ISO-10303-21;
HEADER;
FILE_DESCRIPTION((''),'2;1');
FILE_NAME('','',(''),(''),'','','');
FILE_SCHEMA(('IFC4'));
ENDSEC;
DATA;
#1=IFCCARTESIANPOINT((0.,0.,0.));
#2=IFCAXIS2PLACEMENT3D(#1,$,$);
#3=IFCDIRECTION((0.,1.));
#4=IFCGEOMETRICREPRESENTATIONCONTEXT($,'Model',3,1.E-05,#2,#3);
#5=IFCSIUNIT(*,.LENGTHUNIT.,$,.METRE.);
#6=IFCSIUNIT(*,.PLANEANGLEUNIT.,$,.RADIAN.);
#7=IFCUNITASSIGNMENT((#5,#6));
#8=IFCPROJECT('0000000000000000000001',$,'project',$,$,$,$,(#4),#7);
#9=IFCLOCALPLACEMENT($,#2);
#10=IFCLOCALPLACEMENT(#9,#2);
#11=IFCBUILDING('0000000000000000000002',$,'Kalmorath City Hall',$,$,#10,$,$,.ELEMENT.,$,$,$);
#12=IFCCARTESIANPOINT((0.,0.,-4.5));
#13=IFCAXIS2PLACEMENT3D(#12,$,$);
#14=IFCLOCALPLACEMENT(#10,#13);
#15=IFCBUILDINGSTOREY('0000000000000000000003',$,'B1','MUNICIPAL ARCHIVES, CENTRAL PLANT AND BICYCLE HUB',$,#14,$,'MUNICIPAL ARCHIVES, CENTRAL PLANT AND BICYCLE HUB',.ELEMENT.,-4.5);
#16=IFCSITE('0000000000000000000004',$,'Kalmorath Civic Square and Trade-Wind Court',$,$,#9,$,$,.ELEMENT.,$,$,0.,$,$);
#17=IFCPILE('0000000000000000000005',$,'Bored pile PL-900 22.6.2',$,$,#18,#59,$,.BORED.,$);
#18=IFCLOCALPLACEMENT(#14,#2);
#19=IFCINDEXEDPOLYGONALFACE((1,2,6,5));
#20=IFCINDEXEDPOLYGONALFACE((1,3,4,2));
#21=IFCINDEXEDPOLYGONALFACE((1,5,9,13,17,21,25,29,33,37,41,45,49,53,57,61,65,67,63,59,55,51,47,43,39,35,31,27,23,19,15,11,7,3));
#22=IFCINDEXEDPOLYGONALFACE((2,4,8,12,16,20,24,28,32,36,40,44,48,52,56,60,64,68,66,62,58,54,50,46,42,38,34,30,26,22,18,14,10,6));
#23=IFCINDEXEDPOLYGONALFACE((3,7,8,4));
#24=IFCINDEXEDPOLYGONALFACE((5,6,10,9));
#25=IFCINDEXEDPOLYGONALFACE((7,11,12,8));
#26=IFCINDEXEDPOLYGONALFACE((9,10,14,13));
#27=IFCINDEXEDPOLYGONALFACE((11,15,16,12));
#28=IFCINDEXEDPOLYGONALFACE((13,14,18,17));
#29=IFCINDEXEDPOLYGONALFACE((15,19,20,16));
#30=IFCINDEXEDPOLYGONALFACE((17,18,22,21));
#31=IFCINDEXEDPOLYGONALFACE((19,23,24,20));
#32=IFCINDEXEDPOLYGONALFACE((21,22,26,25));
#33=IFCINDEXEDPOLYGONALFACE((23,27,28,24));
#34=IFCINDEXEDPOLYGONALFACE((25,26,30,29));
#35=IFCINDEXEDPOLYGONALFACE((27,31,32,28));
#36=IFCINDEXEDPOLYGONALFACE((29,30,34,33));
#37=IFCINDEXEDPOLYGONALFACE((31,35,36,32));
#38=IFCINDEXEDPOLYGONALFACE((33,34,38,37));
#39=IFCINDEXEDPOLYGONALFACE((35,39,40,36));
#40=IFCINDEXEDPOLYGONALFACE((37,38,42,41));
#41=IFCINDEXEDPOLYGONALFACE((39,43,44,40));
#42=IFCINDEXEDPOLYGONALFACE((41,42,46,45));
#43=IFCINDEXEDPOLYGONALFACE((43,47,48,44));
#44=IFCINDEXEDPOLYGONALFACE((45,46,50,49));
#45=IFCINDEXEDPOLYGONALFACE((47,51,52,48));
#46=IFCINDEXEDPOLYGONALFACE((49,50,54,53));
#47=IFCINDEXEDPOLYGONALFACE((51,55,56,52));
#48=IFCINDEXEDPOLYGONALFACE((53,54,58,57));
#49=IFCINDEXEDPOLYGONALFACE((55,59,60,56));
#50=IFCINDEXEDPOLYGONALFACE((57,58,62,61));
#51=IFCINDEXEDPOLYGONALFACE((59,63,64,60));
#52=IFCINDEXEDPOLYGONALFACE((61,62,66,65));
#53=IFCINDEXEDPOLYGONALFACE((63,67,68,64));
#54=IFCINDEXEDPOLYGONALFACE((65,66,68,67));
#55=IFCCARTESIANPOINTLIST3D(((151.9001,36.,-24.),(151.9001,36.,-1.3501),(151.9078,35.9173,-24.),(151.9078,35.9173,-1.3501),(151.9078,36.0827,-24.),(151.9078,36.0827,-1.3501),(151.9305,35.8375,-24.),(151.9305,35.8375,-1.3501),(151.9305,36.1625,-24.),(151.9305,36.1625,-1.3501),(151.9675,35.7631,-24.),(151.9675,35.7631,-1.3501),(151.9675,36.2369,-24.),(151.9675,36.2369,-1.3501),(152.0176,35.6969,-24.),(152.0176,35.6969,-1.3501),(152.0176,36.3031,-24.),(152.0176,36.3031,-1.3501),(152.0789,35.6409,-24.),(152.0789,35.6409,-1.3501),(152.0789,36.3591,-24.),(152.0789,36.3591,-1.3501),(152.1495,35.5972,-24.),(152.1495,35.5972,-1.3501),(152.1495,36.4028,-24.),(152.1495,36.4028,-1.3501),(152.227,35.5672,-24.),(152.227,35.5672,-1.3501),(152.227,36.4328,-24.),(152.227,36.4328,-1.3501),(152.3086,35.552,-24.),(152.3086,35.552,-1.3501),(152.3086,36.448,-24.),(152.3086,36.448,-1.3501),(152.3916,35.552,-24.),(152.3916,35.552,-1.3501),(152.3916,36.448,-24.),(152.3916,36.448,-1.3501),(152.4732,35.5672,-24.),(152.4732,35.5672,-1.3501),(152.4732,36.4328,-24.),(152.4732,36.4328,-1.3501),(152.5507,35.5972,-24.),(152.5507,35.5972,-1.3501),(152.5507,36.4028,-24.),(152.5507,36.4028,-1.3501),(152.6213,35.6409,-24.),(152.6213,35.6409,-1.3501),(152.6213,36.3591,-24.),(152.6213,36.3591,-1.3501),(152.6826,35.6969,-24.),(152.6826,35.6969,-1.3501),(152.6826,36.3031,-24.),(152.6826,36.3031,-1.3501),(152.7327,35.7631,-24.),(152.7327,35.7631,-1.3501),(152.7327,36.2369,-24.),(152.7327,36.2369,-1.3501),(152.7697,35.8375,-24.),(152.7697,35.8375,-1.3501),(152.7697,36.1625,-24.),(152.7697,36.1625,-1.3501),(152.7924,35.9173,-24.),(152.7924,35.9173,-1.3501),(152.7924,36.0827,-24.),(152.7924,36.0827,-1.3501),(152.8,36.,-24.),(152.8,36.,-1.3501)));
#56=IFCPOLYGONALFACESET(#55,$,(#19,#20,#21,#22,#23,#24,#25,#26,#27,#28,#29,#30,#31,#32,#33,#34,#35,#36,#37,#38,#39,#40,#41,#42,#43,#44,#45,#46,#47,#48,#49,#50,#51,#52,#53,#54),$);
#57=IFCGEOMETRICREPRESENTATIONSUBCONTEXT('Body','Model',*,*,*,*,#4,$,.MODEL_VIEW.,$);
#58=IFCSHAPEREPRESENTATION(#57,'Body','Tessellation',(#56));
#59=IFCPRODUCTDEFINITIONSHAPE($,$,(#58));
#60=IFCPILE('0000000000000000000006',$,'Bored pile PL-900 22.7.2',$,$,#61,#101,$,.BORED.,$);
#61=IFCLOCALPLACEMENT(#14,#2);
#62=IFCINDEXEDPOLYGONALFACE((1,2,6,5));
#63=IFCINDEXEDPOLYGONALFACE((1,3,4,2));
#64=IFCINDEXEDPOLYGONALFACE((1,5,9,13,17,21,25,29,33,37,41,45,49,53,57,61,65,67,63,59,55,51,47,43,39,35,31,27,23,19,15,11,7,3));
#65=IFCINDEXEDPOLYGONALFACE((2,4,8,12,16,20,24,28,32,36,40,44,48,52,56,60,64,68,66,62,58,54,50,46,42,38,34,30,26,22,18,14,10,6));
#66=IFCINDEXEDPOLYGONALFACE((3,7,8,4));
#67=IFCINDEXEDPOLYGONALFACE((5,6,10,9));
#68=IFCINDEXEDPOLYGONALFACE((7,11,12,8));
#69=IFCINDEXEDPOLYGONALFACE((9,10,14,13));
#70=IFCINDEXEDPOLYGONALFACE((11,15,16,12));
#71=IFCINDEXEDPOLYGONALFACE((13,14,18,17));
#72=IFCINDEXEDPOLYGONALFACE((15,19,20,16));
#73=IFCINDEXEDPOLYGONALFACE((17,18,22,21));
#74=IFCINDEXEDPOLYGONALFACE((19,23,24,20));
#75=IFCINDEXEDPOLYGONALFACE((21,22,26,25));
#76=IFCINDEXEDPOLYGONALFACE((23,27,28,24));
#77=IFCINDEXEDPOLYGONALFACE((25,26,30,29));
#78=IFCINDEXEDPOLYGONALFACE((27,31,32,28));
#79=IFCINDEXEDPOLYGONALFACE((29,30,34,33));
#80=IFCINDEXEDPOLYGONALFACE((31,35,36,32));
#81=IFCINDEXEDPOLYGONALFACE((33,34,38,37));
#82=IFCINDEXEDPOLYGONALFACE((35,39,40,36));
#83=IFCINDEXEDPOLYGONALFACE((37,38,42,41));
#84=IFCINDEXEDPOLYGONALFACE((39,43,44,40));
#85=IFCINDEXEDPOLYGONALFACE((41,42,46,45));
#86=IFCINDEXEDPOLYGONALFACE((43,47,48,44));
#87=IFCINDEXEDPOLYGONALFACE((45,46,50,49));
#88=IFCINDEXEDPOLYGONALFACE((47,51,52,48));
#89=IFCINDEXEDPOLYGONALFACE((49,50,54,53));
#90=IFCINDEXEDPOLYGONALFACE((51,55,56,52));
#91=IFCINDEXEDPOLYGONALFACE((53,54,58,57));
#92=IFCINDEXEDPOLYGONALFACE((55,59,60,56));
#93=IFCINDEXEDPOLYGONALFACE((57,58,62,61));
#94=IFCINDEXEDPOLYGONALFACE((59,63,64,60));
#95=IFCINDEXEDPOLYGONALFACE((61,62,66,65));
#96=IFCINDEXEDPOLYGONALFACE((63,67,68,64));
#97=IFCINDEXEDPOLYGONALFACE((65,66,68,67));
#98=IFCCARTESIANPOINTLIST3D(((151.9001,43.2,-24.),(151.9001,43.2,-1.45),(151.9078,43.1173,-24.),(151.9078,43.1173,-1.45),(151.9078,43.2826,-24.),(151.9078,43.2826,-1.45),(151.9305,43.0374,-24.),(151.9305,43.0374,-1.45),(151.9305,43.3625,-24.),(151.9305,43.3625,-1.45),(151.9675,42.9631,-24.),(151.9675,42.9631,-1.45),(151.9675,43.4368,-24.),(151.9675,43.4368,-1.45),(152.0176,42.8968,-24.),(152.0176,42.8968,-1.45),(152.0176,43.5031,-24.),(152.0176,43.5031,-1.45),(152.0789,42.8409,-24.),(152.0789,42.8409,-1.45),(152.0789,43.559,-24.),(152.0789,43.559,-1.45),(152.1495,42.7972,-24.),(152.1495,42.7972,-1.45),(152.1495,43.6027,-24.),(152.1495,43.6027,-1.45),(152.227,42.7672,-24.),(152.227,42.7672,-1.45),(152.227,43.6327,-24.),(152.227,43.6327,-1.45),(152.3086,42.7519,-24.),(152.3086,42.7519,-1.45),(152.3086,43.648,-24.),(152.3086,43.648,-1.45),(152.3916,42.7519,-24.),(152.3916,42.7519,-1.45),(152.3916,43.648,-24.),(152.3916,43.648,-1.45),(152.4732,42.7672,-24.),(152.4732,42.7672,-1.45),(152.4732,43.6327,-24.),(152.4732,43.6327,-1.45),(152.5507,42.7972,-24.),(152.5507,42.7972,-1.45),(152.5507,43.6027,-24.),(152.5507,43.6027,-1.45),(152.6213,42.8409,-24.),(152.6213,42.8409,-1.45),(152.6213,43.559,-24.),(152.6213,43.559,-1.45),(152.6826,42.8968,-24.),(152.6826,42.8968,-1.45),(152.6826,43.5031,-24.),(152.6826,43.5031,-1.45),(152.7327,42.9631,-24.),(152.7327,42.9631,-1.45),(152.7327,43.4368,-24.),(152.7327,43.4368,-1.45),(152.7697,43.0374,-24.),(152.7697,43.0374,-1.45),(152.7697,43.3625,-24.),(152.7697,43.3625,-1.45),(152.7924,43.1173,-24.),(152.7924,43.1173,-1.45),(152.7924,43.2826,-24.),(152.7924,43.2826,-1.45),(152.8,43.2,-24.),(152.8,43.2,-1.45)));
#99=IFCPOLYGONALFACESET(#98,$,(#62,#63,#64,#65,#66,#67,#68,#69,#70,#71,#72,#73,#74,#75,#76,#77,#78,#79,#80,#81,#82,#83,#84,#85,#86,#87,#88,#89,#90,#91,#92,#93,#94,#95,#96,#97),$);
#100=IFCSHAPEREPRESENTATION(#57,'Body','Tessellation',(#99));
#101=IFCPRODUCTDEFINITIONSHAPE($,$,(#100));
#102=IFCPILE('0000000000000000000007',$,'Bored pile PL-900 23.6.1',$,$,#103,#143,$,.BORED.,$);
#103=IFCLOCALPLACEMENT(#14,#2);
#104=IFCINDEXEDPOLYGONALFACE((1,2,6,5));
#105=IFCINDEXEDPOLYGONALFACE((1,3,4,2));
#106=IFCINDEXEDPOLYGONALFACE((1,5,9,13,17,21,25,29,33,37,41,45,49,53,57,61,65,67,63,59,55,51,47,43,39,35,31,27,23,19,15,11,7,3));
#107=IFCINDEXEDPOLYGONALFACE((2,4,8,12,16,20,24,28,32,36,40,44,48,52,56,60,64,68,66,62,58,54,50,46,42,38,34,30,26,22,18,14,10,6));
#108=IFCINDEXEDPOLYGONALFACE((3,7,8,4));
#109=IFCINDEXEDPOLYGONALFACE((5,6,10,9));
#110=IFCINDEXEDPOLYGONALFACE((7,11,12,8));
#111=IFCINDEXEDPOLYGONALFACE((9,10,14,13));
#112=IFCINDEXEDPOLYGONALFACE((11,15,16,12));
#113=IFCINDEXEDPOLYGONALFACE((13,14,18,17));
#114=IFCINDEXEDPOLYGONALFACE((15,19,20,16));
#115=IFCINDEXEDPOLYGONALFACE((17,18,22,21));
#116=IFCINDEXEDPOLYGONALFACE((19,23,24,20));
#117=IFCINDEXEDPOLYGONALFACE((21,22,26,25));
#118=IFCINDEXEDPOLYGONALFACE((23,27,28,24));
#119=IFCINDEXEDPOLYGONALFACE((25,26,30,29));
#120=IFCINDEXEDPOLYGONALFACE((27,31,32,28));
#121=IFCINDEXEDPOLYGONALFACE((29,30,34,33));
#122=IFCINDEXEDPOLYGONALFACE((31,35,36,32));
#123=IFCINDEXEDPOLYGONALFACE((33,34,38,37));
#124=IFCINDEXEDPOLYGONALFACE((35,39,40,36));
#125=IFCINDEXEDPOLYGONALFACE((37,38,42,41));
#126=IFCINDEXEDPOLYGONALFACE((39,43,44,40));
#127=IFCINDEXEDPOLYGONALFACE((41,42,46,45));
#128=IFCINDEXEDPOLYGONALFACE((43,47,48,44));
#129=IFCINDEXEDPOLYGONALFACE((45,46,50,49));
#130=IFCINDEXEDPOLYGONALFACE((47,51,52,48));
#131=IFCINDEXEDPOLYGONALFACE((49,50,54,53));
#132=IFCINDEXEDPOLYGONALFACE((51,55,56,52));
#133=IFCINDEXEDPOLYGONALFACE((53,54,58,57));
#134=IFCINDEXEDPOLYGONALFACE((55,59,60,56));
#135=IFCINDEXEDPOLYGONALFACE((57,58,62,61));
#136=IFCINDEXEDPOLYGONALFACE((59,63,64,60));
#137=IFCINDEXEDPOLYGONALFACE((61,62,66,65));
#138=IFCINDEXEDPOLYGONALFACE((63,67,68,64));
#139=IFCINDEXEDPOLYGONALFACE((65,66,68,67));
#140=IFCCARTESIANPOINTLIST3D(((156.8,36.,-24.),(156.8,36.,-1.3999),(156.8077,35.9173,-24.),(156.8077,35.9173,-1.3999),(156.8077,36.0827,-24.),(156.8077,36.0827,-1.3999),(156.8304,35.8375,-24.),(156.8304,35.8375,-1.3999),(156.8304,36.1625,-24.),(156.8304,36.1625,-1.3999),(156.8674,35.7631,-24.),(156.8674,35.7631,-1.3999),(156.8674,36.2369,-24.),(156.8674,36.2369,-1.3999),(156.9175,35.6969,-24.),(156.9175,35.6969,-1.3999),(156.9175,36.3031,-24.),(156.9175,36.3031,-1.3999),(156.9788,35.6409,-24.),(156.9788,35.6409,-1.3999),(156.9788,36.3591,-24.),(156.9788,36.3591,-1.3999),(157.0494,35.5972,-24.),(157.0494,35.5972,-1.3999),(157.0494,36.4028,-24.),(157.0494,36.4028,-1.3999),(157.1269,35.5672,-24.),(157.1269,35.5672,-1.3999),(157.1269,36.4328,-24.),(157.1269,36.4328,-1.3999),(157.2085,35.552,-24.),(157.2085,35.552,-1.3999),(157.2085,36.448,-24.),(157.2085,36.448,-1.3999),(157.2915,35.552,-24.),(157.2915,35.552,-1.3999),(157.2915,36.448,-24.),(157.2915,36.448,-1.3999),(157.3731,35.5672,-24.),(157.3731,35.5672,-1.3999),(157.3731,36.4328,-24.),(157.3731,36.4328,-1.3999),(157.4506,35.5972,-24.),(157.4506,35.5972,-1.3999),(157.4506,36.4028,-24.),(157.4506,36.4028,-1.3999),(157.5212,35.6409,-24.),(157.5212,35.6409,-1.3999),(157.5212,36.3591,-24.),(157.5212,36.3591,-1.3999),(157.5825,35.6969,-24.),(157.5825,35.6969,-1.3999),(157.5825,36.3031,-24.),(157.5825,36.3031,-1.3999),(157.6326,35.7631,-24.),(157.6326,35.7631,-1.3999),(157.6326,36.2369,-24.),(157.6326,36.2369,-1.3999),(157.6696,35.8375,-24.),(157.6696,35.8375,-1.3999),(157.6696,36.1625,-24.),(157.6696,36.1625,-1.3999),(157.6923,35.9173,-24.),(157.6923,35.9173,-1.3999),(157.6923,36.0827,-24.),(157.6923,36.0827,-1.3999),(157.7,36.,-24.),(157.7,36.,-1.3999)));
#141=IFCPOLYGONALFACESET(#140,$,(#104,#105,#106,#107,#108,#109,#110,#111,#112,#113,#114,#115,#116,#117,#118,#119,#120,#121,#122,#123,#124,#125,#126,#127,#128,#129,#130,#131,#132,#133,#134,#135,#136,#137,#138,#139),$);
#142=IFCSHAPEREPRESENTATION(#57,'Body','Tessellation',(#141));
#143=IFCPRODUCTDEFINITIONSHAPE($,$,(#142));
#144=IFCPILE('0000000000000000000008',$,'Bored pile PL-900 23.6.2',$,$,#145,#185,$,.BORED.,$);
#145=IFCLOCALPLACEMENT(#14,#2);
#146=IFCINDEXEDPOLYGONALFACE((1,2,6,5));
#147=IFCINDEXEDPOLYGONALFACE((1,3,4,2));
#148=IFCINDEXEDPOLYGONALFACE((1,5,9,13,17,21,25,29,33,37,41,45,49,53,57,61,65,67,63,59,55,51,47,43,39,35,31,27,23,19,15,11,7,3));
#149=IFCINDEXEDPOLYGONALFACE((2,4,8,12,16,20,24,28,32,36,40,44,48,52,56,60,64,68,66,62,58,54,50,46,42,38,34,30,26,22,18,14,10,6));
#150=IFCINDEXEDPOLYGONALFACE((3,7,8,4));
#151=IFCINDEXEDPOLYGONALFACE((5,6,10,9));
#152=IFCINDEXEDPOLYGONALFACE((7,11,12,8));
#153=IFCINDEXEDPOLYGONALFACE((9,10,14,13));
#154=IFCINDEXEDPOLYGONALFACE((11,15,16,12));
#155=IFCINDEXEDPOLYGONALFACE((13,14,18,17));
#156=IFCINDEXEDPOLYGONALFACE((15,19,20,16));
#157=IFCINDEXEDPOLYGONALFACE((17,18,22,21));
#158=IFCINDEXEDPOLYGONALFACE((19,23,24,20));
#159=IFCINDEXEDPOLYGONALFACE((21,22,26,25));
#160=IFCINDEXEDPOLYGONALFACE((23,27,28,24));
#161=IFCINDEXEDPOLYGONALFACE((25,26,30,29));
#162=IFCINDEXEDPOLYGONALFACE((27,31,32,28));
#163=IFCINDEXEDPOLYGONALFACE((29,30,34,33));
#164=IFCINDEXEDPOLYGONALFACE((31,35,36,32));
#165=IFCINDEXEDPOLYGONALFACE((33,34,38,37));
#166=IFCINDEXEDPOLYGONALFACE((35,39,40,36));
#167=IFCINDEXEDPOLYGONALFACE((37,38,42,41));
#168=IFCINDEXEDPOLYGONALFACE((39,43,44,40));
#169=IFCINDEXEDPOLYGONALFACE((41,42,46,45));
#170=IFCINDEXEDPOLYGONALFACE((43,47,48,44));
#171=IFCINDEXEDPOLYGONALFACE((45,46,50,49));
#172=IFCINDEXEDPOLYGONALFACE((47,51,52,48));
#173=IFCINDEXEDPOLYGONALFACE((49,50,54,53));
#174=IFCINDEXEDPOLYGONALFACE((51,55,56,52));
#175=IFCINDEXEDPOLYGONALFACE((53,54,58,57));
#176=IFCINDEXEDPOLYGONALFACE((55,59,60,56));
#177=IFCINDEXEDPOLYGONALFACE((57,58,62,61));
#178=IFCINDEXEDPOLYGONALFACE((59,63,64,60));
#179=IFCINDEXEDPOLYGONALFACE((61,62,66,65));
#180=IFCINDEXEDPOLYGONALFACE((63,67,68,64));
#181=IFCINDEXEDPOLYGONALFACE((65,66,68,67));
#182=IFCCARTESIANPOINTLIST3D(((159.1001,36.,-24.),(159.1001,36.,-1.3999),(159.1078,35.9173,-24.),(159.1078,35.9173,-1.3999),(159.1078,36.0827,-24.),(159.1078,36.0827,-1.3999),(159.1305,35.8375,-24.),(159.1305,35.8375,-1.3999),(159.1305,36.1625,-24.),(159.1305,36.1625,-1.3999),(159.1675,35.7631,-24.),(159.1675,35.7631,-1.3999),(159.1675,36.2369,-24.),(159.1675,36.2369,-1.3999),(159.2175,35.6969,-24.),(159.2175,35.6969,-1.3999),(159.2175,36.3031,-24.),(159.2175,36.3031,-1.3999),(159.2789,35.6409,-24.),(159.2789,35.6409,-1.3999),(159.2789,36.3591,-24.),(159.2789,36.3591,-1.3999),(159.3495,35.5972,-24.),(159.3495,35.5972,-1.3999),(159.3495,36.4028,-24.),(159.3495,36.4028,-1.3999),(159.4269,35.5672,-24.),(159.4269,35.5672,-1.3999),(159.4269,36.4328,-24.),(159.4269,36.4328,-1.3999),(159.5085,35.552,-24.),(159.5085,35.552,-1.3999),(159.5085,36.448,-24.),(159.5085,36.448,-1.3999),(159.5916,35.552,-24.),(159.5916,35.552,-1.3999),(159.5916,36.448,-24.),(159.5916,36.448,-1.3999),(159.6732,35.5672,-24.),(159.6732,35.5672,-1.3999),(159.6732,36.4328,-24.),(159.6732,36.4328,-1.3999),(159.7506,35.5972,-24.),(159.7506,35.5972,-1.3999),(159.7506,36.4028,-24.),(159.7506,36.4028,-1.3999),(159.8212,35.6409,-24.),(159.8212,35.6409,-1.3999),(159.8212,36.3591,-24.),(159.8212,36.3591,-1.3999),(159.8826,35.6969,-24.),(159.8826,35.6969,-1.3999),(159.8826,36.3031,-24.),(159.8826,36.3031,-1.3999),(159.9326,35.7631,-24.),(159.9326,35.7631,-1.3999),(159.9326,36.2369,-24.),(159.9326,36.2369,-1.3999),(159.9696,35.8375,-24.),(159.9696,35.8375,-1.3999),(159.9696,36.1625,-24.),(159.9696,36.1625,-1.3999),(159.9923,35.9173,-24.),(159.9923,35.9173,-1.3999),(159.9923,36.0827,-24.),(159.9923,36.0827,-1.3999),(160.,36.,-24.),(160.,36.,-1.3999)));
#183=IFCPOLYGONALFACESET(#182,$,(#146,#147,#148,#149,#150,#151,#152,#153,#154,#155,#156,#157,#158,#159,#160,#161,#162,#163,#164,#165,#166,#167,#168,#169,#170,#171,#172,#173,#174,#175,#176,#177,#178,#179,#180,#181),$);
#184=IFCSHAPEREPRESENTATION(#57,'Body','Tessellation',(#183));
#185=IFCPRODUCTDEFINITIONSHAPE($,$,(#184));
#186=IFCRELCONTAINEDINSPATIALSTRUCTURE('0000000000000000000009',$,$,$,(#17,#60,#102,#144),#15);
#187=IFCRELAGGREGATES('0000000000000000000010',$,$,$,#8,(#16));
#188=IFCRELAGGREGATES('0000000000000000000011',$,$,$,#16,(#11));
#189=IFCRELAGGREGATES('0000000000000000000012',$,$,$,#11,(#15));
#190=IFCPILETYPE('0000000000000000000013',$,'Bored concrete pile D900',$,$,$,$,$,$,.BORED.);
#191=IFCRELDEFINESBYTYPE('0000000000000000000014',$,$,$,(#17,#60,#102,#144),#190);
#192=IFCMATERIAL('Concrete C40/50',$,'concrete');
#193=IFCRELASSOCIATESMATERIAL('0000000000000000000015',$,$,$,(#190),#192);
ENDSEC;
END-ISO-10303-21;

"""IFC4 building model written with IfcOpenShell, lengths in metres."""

from ifc_helpers import new_model, si_unit, direction, frame, origin, origin_2d, place, context, subcontext, project, spatial, circle, extrude, material, material_profile, profile_set, type_object, element, save


model = new_model("IFC4")

# Units and contexts
model_context = context("Model", 3, precision=1e-05, world=origin(), true_north=direction((0.0, 1.0)))
body_context = subcontext(model_context, "Body", "Model", "MODEL_VIEW")
ifc_project = project(units=[si_unit("LENGTHUNIT", "METRE"), si_unit("PLANEANGLEUNIT", "RADIAN")], contexts=[model_context])

# Site, building, storey
site_placement = place(None, origin())
site = spatial("IfcSite", under=ifc_project, at=site_placement, Name="Kalmorath Civic Square and Trade-Wind Court", CompositionType="ELEMENT", RefElevation=0.0)
building_placement = place(site_placement, origin())
building = spatial("IfcBuilding", under=site, at=building_placement, Name="Kalmorath City Hall", CompositionType="ELEMENT")
storey_placement = place(building_placement, frame((0.0, 0.0, -4.5)))
storey = spatial("IfcBuildingStorey", under=building, at=storey_placement, Name="B1", Description="MUNICIPAL ARCHIVES, CENTRAL PLANT AND BICYCLE HUB", LongName="MUNICIPAL ARCHIVES, CENTRAL PLANT AND BICYCLE HUB", CompositionType="ELEMENT", Elevation=-4.5)

# Piles
ifc_material_1 = material(Name="Concrete C40/50", Category="concrete")
ifc_material_profile_1 = material_profile(ifc_material_1, circle(Radius=0.45, at=origin_2d()), Name="PILE-D900")
ifc_profile_set_1 = profile_set([ifc_material_profile_1], Name="Concrete C40/50")
pile_type = type_object("IfcPileType", Name="Bored concrete pile D900", PredefinedType="BORED", material=ifc_profile_set_1)
pile_1_placement = place(storey_placement, frame((152.3501, 36.0, -1.3501), z_axis=(0.0, 0.0, -1.0), x_axis=(1.0, 0.0, 0.0)))
element("IfcPile", 1, at=pile_1_placement, inside=storey, type_object=pile_type, Name="Bored pile PL-900 22.6.2", PredefinedType="BORED", context=body_context, shape_type="SweptSolid", body=[
    extrude(circle(Radius=0.45, at=origin_2d()), origin(), (0.0, 0.0, 1.0), 22.6499),
])
pile_2_placement = place(storey_placement, frame((152.3501, 43.2, -1.45), z_axis=(0.0, 0.0, -1.0), x_axis=(1.0, 0.0, 0.0)))
element("IfcPile", 2, at=pile_2_placement, inside=storey, type_object=pile_type, Name="Bored pile PL-900 22.7.2", PredefinedType="BORED", context=body_context, shape_type="SweptSolid", body=[
    extrude(circle(Radius=0.45, at=origin_2d()), origin(), (0.0, 0.0, 1.0), 22.55),
])
for number, where, z_axis, x_axis, name in (
    (3, (157.25, 36.0, -1.3999), (0.0, 0.0, -1.0), (1.0, 0.0, 0.0), "Bored pile PL-900 23.6.1"),
    (4, (159.55, 36.0, -1.3999), (0.0, 0.0, -1.0), (1.0, 0.0, 0.0), "Bored pile PL-900 23.6.2"),
):
    element("IfcPile", number, at=place(storey_placement, frame(where, z_axis=z_axis, x_axis=x_axis)), inside=storey, type_object=pile_type, Name=name, PredefinedType="BORED", context=body_context, shape_type="SweptSolid", body=[
        extrude(circle(Radius=0.45, at=origin_2d()), origin(), (0.0, 0.0, 1.0), 22.6001),
    ])

save(model, "model.ifc")
